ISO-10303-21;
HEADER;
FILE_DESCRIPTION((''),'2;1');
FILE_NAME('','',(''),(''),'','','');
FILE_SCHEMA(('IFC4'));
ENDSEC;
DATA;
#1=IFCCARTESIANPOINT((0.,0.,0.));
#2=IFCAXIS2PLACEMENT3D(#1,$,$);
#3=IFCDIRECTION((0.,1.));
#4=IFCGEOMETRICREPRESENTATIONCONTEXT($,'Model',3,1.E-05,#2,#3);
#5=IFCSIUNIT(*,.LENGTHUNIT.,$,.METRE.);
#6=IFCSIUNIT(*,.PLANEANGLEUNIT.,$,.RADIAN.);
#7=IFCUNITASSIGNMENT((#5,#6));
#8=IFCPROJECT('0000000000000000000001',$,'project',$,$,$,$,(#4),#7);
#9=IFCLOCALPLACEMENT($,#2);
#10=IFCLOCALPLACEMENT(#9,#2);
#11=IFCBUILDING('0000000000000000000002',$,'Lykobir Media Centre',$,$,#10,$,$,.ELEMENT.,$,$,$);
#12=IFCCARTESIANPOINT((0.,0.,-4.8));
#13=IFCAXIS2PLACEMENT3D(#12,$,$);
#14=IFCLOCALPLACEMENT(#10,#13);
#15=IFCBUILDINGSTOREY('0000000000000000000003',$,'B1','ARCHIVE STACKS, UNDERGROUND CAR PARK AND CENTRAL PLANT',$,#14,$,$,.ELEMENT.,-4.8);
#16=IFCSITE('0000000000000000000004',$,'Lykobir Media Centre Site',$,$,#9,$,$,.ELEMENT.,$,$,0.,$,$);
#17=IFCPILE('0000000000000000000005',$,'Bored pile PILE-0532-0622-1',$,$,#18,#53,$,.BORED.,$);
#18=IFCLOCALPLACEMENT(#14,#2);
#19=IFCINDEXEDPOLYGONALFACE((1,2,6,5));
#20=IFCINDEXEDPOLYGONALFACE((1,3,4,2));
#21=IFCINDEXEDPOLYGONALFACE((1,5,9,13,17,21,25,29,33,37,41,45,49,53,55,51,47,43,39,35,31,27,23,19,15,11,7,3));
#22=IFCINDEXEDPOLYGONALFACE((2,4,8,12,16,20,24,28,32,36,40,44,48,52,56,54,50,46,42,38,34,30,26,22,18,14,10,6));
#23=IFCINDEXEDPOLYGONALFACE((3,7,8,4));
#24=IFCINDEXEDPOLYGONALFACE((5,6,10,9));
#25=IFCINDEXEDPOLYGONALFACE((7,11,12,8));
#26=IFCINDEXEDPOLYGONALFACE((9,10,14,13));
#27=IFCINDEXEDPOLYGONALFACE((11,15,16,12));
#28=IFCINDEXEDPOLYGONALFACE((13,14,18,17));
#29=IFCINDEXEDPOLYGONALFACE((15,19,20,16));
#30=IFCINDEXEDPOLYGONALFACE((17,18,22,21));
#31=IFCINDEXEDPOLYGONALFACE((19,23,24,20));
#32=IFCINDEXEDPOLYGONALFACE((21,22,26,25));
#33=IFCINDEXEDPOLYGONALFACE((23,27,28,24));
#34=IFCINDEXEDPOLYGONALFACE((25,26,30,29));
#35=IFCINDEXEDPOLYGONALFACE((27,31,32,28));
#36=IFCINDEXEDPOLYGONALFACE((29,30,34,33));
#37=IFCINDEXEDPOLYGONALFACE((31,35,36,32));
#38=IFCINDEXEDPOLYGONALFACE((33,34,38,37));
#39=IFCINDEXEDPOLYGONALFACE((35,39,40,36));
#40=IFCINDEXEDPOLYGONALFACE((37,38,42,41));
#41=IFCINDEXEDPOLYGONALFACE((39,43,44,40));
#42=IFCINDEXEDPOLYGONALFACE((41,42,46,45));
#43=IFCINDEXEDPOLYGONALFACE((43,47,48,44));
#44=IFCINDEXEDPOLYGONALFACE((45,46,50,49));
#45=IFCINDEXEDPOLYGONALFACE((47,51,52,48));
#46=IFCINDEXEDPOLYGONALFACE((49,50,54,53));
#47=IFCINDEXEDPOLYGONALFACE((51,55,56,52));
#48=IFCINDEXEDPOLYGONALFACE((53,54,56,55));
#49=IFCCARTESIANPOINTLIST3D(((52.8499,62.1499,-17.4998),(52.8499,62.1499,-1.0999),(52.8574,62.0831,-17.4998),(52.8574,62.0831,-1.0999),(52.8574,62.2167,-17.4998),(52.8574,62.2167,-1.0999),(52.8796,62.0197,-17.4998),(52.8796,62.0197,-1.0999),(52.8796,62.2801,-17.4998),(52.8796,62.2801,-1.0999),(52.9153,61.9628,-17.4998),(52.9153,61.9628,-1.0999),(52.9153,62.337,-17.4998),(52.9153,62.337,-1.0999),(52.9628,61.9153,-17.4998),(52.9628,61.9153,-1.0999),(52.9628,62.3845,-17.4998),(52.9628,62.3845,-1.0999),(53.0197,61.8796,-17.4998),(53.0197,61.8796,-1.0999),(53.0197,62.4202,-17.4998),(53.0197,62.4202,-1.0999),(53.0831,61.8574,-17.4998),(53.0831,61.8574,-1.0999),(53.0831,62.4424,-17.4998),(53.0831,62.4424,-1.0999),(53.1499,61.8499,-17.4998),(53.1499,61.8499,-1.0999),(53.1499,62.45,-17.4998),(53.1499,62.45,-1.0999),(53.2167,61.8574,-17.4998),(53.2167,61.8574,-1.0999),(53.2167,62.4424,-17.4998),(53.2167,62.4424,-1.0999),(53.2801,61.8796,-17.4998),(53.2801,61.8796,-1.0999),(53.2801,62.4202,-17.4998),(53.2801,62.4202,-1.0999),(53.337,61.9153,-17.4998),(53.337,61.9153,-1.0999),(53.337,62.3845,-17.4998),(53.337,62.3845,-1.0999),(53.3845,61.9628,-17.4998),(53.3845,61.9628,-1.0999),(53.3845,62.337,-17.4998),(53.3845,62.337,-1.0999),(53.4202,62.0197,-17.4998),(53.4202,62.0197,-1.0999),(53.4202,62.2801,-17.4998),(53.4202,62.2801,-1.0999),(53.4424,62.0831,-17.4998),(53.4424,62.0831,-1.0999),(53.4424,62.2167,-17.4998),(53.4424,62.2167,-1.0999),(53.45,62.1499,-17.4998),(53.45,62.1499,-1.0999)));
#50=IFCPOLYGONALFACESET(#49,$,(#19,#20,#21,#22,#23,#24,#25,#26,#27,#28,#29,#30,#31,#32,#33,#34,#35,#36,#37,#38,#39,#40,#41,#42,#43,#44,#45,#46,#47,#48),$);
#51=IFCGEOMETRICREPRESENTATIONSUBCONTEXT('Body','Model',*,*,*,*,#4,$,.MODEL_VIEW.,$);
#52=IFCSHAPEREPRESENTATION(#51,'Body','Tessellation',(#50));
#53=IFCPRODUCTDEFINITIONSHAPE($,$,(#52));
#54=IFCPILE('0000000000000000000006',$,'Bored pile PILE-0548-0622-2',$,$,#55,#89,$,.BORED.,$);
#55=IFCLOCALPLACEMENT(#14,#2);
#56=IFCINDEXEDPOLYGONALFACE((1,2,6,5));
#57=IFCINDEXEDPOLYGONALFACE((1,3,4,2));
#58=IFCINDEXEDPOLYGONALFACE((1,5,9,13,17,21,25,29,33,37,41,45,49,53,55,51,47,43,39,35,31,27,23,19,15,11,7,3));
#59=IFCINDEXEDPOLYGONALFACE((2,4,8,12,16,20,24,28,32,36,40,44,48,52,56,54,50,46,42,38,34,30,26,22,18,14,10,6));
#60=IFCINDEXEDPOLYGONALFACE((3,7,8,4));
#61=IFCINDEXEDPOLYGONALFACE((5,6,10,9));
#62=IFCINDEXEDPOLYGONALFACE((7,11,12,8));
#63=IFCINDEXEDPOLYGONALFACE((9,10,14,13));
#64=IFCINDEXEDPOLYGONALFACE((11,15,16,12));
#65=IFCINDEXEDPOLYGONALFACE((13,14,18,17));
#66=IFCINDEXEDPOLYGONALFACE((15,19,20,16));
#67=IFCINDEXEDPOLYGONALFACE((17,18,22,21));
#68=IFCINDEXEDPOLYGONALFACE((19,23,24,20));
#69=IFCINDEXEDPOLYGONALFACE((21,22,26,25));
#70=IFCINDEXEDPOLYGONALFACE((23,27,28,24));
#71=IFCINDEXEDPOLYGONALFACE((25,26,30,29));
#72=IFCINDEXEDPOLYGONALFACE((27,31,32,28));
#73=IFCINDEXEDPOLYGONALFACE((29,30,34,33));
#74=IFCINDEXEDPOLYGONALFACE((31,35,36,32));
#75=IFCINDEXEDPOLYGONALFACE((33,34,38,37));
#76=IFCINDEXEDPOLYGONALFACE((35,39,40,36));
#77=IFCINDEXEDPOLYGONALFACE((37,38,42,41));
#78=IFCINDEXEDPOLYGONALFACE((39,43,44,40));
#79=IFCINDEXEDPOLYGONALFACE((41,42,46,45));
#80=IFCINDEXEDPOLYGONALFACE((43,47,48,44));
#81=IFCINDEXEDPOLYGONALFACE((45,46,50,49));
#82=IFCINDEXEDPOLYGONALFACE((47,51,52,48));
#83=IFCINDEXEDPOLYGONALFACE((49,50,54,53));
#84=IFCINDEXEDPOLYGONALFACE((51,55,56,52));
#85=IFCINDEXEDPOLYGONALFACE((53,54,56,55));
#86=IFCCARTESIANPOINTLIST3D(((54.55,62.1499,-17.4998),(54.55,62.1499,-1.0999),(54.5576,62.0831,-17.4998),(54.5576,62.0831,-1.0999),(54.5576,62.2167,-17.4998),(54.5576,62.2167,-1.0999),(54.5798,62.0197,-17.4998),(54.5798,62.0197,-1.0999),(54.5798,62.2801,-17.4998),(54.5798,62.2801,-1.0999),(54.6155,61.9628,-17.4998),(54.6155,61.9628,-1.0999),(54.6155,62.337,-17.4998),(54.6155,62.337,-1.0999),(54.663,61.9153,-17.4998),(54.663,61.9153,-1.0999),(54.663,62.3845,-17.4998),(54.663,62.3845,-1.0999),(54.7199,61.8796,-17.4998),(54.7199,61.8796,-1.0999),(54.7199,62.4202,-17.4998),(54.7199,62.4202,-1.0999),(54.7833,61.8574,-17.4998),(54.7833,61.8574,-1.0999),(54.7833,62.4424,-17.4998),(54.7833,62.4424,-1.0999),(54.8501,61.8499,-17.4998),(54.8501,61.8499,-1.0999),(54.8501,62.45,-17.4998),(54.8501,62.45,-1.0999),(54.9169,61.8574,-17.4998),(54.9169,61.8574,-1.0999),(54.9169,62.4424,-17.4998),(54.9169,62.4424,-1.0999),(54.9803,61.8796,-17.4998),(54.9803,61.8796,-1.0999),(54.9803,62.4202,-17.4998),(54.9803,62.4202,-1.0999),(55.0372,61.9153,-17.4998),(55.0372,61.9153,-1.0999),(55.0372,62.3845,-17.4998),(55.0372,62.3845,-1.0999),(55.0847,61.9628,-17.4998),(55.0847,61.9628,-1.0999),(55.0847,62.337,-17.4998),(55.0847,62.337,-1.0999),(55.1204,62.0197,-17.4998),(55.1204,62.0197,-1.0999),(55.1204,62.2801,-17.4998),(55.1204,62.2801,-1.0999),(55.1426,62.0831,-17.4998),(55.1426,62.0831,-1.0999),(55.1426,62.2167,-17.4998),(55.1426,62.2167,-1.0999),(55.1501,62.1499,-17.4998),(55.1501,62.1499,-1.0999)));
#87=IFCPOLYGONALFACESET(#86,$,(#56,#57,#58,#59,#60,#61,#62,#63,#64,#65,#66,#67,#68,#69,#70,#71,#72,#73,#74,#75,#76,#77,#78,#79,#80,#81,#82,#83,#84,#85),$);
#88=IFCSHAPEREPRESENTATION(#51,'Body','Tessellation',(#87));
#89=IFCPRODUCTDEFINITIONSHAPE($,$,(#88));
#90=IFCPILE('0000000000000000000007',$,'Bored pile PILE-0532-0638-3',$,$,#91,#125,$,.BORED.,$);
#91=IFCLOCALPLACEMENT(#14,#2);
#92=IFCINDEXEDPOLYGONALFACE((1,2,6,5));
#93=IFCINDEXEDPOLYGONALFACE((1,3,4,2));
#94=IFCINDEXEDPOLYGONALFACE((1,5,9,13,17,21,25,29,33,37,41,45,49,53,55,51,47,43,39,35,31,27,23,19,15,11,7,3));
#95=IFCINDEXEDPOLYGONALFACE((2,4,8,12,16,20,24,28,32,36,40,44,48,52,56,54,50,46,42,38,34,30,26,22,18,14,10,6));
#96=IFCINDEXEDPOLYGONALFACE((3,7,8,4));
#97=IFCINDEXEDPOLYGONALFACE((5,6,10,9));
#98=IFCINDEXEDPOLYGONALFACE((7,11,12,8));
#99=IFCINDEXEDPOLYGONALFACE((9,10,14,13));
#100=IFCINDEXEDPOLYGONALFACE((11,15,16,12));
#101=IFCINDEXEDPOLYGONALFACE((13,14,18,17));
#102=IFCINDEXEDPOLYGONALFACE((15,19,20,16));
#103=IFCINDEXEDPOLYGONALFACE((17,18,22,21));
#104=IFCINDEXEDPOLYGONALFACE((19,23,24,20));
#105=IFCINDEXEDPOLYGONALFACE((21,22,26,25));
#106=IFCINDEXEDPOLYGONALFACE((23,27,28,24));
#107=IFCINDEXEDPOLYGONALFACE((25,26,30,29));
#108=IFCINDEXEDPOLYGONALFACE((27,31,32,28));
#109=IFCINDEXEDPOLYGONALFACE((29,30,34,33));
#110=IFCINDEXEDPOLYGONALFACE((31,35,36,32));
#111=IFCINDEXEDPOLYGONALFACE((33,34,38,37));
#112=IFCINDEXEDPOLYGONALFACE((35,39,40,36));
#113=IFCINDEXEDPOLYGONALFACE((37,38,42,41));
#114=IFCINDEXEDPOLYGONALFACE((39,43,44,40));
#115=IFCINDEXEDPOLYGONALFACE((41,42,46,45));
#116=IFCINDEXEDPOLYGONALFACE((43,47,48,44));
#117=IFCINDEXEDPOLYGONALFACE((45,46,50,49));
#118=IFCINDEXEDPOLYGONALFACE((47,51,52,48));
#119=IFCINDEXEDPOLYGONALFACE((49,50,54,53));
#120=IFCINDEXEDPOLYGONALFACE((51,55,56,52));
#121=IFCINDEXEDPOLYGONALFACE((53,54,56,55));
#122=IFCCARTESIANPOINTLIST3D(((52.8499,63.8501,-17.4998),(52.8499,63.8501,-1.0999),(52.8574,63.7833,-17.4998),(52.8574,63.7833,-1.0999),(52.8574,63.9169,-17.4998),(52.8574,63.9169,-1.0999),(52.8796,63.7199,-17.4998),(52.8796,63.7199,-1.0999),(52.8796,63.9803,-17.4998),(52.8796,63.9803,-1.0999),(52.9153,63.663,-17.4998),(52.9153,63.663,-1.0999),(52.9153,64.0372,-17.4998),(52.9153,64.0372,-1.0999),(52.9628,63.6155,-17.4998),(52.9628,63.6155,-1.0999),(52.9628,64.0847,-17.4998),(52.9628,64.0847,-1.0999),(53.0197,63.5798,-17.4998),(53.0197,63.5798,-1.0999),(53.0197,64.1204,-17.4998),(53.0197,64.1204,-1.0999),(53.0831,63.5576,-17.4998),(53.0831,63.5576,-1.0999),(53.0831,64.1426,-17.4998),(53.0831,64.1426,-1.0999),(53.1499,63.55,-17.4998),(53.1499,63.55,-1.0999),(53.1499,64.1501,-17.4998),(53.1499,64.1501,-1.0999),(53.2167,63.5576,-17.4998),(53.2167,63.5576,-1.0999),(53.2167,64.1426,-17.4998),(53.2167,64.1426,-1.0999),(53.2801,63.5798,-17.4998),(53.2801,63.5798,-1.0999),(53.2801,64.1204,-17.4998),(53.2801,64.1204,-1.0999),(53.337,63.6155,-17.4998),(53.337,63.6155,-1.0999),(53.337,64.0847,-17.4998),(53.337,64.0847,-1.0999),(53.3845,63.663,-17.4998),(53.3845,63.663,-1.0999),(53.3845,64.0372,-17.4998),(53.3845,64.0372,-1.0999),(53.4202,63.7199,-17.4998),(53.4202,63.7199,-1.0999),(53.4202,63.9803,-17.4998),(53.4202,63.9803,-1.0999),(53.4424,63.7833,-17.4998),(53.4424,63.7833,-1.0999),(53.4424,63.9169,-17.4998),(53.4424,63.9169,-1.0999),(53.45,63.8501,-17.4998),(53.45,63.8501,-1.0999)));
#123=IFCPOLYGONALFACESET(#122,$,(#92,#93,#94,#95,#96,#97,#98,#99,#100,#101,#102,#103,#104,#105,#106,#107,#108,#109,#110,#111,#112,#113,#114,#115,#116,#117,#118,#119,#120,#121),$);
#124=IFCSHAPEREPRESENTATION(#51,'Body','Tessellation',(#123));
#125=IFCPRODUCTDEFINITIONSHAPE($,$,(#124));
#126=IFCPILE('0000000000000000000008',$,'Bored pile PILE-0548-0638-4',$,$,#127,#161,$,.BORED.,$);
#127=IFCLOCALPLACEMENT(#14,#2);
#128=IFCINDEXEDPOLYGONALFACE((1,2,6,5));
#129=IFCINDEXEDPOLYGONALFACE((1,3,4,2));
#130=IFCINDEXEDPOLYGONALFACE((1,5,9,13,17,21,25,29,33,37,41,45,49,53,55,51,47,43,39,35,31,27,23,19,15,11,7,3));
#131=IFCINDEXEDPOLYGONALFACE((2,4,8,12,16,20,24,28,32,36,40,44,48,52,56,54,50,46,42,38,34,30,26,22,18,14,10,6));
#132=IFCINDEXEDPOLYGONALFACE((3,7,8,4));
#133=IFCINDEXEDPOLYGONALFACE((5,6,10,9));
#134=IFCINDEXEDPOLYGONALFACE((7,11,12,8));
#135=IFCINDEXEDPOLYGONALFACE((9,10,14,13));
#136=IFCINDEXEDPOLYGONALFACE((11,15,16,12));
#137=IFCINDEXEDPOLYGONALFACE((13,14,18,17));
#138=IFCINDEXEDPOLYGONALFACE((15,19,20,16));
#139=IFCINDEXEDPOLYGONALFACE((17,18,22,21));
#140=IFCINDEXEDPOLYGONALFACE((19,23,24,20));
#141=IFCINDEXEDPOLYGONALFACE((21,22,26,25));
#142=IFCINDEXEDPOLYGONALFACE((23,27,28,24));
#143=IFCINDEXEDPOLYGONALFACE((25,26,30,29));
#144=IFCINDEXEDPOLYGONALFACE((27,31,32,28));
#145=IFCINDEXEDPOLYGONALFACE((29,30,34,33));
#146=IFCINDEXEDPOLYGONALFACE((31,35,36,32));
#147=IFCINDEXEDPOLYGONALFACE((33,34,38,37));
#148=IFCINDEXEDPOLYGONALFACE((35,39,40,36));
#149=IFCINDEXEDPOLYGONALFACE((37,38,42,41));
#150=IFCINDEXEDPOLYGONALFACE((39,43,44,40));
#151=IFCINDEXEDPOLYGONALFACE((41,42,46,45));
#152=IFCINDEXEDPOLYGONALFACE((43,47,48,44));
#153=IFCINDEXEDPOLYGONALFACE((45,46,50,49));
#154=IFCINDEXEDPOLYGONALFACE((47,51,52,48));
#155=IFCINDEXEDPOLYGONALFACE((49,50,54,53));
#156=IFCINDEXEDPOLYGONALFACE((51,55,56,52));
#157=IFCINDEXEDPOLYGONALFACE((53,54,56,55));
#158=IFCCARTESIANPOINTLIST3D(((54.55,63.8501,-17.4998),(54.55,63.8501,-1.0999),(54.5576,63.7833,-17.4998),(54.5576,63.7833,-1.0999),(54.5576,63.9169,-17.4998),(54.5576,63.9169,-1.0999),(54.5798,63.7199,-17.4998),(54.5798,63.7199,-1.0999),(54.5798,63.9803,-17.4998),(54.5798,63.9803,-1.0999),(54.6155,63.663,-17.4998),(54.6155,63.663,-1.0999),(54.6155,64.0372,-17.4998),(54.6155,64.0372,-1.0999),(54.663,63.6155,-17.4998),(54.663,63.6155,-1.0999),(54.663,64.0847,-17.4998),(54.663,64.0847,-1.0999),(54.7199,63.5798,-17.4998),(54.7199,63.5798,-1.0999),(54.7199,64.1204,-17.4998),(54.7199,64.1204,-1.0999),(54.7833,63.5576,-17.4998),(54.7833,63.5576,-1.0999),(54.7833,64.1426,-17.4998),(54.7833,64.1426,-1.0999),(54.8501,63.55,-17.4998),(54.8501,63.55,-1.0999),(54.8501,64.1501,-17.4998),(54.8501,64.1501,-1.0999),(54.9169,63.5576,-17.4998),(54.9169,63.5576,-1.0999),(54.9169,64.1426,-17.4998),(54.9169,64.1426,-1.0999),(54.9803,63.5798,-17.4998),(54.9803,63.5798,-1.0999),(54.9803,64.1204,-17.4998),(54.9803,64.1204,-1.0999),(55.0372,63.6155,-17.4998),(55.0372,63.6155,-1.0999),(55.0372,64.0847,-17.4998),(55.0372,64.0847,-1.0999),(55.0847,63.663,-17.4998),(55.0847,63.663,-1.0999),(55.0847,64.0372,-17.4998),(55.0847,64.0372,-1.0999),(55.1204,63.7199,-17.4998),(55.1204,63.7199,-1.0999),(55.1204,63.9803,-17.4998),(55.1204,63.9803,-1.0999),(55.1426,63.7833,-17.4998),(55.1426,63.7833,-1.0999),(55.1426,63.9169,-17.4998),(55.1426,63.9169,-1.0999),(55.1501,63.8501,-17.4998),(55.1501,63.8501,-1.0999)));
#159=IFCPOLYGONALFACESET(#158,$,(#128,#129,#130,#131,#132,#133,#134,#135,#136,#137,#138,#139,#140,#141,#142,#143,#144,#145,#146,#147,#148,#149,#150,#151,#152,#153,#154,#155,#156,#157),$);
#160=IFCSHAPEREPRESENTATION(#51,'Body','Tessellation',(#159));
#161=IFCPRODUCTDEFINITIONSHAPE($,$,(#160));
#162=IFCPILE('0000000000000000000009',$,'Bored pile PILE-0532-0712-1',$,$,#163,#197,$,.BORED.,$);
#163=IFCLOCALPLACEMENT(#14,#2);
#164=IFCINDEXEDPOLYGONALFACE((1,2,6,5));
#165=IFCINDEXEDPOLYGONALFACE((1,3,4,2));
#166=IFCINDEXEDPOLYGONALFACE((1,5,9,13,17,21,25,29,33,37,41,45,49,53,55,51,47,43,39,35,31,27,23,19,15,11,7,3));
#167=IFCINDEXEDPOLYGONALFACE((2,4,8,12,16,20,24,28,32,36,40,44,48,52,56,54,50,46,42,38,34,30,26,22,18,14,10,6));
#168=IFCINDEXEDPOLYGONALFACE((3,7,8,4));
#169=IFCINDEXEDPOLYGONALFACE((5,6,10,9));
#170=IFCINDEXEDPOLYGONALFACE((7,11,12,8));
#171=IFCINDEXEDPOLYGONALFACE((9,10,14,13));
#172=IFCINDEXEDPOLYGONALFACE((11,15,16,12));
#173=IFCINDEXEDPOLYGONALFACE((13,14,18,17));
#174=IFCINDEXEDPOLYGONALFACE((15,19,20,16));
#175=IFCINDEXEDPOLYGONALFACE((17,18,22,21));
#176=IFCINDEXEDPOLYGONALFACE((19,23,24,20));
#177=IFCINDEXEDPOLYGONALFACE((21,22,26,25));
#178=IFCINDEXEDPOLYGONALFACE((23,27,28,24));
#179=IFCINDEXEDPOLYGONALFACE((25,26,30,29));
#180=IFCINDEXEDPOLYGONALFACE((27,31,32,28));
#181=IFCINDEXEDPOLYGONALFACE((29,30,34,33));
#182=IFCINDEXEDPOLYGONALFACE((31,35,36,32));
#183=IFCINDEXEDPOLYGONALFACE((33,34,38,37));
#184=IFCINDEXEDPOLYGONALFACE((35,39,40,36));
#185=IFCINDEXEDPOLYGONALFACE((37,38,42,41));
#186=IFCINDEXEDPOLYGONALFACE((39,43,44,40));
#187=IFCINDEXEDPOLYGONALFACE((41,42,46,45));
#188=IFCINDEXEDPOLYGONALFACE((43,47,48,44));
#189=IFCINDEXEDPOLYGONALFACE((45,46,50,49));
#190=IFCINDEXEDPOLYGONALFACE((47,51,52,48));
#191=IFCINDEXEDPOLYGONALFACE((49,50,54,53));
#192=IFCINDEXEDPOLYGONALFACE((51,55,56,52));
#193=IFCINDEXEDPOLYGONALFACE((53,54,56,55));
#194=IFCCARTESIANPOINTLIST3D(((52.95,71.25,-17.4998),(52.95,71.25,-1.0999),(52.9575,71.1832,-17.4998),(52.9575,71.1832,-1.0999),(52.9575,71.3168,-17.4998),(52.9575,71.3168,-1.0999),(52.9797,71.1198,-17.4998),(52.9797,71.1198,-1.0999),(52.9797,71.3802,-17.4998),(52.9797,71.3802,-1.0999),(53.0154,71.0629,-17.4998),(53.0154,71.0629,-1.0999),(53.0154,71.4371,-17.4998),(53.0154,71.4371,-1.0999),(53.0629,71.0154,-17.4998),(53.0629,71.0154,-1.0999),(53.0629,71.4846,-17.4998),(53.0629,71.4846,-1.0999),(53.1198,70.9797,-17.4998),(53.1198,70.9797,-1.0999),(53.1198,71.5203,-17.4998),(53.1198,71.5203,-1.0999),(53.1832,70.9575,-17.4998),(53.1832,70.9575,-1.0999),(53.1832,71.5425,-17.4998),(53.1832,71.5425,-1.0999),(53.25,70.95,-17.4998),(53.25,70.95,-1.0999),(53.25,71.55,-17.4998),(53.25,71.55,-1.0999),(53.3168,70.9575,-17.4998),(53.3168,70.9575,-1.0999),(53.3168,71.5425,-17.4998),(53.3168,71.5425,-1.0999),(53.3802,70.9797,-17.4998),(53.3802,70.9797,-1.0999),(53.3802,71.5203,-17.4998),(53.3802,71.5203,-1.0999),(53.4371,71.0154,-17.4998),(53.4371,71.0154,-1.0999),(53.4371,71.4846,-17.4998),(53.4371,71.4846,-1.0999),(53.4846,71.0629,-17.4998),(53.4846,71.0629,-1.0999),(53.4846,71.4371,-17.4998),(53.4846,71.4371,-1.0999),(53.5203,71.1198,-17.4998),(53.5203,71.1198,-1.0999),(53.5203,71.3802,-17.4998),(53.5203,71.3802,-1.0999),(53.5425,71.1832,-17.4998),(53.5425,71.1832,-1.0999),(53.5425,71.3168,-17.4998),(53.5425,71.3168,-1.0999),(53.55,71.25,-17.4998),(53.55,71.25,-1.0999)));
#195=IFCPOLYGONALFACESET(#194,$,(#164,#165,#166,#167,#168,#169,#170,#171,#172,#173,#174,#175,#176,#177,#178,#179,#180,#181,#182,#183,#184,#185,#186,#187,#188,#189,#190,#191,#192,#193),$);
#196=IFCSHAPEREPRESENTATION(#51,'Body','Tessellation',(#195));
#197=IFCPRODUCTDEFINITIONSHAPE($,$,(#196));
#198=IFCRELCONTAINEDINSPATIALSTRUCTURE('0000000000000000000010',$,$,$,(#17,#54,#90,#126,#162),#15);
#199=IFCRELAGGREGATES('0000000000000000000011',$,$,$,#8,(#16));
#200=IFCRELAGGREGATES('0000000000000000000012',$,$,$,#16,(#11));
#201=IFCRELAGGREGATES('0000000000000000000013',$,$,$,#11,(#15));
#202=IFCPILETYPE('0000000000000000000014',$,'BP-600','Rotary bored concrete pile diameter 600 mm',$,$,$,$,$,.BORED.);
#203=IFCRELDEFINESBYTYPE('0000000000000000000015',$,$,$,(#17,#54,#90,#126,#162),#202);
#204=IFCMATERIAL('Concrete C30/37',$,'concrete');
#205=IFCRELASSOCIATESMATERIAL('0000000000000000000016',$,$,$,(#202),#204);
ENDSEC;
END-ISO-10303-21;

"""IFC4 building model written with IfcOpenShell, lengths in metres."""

from ifc_helpers import new_model, si_unit, direction, frame, origin, origin_2d, place, context, subcontext, project, spatial, circle, extrude, material, material_profile, profile_set, type_object, element, save


model = new_model("IFC4")

# Units and contexts
model_context = context("Model", 3, precision=1e-05, world=origin(), true_north=direction((0.0, 1.0)))
body_context = subcontext(model_context, "Body", "Model", "MODEL_VIEW")
ifc_project = project(units=[si_unit("LENGTHUNIT", "METRE"), si_unit("PLANEANGLEUNIT", "RADIAN")], contexts=[model_context])

# Site, building, storey
site_placement = place(None, origin())
site = spatial("IfcSite", under=ifc_project, at=site_placement, Name="Lykobir Media Centre Site", CompositionType="ELEMENT", RefElevation=0.0)
building_placement = place(site_placement, origin())
building = spatial("IfcBuilding", under=site, at=building_placement, Name="Lykobir Media Centre", CompositionType="ELEMENT")
storey_placement = place(building_placement, frame((0.0, 0.0, -4.8)))
storey = spatial("IfcBuildingStorey", under=building, at=storey_placement, Name="B1", Description="ARCHIVE STACKS, UNDERGROUND CAR PARK AND CENTRAL PLANT", CompositionType="ELEMENT", Elevation=-4.8)

# Piles
ifc_material_1 = material(Name="Concrete C30/37", Category="concrete")
ifc_material_profile_1 = material_profile(ifc_material_1, circle(Radius=0.3, at=origin_2d()), Name="BORED PILE D600")
ifc_profile_set_1 = profile_set([ifc_material_profile_1], Name="Concrete C30/37")
pile_type = type_object("IfcPileType", Name="BP-600", Description="Rotary bored concrete pile diameter 600 mm", PredefinedType="BORED", material=ifc_profile_set_1)
for number, where, z_axis, x_axis, name in (
    (1, (53.1499, 62.1499, -1.0999), (0.0, 0.0, -1.0), (1.0, 0.0, 0.0), "Bored pile PILE-0532-0622-1"),
    (2, (54.8501, 62.1499, -1.0999), (0.0, 0.0, -1.0), (1.0, 0.0, 0.0), "Bored pile PILE-0548-0622-2"),
    (3, (53.1499, 63.8501, -1.0999), (0.0, 0.0, -1.0), (1.0, 0.0, 0.0), "Bored pile PILE-0532-0638-3"),
    (4, (54.8501, 63.8501, -1.0999), (0.0, 0.0, -1.0), (1.0, 0.0, 0.0), "Bored pile PILE-0548-0638-4"),
    (5, (53.25, 71.25, -1.0999), (0.0, 0.0, -1.0), (1.0, 0.0, 0.0), "Bored pile PILE-0532-0712-1"),
):
    element("IfcPile", number, at=place(storey_placement, frame(where, z_axis=z_axis, x_axis=x_axis)), inside=storey, type_object=pile_type, Name=name, PredefinedType="BORED", context=body_context, shape_type="SweptSolid", body=[
        extrude(circle(Radius=0.3, at=origin_2d()), origin(), (0.0, 0.0, 1.0), 16.3999),
    ])

save(model, "model.ifc")
